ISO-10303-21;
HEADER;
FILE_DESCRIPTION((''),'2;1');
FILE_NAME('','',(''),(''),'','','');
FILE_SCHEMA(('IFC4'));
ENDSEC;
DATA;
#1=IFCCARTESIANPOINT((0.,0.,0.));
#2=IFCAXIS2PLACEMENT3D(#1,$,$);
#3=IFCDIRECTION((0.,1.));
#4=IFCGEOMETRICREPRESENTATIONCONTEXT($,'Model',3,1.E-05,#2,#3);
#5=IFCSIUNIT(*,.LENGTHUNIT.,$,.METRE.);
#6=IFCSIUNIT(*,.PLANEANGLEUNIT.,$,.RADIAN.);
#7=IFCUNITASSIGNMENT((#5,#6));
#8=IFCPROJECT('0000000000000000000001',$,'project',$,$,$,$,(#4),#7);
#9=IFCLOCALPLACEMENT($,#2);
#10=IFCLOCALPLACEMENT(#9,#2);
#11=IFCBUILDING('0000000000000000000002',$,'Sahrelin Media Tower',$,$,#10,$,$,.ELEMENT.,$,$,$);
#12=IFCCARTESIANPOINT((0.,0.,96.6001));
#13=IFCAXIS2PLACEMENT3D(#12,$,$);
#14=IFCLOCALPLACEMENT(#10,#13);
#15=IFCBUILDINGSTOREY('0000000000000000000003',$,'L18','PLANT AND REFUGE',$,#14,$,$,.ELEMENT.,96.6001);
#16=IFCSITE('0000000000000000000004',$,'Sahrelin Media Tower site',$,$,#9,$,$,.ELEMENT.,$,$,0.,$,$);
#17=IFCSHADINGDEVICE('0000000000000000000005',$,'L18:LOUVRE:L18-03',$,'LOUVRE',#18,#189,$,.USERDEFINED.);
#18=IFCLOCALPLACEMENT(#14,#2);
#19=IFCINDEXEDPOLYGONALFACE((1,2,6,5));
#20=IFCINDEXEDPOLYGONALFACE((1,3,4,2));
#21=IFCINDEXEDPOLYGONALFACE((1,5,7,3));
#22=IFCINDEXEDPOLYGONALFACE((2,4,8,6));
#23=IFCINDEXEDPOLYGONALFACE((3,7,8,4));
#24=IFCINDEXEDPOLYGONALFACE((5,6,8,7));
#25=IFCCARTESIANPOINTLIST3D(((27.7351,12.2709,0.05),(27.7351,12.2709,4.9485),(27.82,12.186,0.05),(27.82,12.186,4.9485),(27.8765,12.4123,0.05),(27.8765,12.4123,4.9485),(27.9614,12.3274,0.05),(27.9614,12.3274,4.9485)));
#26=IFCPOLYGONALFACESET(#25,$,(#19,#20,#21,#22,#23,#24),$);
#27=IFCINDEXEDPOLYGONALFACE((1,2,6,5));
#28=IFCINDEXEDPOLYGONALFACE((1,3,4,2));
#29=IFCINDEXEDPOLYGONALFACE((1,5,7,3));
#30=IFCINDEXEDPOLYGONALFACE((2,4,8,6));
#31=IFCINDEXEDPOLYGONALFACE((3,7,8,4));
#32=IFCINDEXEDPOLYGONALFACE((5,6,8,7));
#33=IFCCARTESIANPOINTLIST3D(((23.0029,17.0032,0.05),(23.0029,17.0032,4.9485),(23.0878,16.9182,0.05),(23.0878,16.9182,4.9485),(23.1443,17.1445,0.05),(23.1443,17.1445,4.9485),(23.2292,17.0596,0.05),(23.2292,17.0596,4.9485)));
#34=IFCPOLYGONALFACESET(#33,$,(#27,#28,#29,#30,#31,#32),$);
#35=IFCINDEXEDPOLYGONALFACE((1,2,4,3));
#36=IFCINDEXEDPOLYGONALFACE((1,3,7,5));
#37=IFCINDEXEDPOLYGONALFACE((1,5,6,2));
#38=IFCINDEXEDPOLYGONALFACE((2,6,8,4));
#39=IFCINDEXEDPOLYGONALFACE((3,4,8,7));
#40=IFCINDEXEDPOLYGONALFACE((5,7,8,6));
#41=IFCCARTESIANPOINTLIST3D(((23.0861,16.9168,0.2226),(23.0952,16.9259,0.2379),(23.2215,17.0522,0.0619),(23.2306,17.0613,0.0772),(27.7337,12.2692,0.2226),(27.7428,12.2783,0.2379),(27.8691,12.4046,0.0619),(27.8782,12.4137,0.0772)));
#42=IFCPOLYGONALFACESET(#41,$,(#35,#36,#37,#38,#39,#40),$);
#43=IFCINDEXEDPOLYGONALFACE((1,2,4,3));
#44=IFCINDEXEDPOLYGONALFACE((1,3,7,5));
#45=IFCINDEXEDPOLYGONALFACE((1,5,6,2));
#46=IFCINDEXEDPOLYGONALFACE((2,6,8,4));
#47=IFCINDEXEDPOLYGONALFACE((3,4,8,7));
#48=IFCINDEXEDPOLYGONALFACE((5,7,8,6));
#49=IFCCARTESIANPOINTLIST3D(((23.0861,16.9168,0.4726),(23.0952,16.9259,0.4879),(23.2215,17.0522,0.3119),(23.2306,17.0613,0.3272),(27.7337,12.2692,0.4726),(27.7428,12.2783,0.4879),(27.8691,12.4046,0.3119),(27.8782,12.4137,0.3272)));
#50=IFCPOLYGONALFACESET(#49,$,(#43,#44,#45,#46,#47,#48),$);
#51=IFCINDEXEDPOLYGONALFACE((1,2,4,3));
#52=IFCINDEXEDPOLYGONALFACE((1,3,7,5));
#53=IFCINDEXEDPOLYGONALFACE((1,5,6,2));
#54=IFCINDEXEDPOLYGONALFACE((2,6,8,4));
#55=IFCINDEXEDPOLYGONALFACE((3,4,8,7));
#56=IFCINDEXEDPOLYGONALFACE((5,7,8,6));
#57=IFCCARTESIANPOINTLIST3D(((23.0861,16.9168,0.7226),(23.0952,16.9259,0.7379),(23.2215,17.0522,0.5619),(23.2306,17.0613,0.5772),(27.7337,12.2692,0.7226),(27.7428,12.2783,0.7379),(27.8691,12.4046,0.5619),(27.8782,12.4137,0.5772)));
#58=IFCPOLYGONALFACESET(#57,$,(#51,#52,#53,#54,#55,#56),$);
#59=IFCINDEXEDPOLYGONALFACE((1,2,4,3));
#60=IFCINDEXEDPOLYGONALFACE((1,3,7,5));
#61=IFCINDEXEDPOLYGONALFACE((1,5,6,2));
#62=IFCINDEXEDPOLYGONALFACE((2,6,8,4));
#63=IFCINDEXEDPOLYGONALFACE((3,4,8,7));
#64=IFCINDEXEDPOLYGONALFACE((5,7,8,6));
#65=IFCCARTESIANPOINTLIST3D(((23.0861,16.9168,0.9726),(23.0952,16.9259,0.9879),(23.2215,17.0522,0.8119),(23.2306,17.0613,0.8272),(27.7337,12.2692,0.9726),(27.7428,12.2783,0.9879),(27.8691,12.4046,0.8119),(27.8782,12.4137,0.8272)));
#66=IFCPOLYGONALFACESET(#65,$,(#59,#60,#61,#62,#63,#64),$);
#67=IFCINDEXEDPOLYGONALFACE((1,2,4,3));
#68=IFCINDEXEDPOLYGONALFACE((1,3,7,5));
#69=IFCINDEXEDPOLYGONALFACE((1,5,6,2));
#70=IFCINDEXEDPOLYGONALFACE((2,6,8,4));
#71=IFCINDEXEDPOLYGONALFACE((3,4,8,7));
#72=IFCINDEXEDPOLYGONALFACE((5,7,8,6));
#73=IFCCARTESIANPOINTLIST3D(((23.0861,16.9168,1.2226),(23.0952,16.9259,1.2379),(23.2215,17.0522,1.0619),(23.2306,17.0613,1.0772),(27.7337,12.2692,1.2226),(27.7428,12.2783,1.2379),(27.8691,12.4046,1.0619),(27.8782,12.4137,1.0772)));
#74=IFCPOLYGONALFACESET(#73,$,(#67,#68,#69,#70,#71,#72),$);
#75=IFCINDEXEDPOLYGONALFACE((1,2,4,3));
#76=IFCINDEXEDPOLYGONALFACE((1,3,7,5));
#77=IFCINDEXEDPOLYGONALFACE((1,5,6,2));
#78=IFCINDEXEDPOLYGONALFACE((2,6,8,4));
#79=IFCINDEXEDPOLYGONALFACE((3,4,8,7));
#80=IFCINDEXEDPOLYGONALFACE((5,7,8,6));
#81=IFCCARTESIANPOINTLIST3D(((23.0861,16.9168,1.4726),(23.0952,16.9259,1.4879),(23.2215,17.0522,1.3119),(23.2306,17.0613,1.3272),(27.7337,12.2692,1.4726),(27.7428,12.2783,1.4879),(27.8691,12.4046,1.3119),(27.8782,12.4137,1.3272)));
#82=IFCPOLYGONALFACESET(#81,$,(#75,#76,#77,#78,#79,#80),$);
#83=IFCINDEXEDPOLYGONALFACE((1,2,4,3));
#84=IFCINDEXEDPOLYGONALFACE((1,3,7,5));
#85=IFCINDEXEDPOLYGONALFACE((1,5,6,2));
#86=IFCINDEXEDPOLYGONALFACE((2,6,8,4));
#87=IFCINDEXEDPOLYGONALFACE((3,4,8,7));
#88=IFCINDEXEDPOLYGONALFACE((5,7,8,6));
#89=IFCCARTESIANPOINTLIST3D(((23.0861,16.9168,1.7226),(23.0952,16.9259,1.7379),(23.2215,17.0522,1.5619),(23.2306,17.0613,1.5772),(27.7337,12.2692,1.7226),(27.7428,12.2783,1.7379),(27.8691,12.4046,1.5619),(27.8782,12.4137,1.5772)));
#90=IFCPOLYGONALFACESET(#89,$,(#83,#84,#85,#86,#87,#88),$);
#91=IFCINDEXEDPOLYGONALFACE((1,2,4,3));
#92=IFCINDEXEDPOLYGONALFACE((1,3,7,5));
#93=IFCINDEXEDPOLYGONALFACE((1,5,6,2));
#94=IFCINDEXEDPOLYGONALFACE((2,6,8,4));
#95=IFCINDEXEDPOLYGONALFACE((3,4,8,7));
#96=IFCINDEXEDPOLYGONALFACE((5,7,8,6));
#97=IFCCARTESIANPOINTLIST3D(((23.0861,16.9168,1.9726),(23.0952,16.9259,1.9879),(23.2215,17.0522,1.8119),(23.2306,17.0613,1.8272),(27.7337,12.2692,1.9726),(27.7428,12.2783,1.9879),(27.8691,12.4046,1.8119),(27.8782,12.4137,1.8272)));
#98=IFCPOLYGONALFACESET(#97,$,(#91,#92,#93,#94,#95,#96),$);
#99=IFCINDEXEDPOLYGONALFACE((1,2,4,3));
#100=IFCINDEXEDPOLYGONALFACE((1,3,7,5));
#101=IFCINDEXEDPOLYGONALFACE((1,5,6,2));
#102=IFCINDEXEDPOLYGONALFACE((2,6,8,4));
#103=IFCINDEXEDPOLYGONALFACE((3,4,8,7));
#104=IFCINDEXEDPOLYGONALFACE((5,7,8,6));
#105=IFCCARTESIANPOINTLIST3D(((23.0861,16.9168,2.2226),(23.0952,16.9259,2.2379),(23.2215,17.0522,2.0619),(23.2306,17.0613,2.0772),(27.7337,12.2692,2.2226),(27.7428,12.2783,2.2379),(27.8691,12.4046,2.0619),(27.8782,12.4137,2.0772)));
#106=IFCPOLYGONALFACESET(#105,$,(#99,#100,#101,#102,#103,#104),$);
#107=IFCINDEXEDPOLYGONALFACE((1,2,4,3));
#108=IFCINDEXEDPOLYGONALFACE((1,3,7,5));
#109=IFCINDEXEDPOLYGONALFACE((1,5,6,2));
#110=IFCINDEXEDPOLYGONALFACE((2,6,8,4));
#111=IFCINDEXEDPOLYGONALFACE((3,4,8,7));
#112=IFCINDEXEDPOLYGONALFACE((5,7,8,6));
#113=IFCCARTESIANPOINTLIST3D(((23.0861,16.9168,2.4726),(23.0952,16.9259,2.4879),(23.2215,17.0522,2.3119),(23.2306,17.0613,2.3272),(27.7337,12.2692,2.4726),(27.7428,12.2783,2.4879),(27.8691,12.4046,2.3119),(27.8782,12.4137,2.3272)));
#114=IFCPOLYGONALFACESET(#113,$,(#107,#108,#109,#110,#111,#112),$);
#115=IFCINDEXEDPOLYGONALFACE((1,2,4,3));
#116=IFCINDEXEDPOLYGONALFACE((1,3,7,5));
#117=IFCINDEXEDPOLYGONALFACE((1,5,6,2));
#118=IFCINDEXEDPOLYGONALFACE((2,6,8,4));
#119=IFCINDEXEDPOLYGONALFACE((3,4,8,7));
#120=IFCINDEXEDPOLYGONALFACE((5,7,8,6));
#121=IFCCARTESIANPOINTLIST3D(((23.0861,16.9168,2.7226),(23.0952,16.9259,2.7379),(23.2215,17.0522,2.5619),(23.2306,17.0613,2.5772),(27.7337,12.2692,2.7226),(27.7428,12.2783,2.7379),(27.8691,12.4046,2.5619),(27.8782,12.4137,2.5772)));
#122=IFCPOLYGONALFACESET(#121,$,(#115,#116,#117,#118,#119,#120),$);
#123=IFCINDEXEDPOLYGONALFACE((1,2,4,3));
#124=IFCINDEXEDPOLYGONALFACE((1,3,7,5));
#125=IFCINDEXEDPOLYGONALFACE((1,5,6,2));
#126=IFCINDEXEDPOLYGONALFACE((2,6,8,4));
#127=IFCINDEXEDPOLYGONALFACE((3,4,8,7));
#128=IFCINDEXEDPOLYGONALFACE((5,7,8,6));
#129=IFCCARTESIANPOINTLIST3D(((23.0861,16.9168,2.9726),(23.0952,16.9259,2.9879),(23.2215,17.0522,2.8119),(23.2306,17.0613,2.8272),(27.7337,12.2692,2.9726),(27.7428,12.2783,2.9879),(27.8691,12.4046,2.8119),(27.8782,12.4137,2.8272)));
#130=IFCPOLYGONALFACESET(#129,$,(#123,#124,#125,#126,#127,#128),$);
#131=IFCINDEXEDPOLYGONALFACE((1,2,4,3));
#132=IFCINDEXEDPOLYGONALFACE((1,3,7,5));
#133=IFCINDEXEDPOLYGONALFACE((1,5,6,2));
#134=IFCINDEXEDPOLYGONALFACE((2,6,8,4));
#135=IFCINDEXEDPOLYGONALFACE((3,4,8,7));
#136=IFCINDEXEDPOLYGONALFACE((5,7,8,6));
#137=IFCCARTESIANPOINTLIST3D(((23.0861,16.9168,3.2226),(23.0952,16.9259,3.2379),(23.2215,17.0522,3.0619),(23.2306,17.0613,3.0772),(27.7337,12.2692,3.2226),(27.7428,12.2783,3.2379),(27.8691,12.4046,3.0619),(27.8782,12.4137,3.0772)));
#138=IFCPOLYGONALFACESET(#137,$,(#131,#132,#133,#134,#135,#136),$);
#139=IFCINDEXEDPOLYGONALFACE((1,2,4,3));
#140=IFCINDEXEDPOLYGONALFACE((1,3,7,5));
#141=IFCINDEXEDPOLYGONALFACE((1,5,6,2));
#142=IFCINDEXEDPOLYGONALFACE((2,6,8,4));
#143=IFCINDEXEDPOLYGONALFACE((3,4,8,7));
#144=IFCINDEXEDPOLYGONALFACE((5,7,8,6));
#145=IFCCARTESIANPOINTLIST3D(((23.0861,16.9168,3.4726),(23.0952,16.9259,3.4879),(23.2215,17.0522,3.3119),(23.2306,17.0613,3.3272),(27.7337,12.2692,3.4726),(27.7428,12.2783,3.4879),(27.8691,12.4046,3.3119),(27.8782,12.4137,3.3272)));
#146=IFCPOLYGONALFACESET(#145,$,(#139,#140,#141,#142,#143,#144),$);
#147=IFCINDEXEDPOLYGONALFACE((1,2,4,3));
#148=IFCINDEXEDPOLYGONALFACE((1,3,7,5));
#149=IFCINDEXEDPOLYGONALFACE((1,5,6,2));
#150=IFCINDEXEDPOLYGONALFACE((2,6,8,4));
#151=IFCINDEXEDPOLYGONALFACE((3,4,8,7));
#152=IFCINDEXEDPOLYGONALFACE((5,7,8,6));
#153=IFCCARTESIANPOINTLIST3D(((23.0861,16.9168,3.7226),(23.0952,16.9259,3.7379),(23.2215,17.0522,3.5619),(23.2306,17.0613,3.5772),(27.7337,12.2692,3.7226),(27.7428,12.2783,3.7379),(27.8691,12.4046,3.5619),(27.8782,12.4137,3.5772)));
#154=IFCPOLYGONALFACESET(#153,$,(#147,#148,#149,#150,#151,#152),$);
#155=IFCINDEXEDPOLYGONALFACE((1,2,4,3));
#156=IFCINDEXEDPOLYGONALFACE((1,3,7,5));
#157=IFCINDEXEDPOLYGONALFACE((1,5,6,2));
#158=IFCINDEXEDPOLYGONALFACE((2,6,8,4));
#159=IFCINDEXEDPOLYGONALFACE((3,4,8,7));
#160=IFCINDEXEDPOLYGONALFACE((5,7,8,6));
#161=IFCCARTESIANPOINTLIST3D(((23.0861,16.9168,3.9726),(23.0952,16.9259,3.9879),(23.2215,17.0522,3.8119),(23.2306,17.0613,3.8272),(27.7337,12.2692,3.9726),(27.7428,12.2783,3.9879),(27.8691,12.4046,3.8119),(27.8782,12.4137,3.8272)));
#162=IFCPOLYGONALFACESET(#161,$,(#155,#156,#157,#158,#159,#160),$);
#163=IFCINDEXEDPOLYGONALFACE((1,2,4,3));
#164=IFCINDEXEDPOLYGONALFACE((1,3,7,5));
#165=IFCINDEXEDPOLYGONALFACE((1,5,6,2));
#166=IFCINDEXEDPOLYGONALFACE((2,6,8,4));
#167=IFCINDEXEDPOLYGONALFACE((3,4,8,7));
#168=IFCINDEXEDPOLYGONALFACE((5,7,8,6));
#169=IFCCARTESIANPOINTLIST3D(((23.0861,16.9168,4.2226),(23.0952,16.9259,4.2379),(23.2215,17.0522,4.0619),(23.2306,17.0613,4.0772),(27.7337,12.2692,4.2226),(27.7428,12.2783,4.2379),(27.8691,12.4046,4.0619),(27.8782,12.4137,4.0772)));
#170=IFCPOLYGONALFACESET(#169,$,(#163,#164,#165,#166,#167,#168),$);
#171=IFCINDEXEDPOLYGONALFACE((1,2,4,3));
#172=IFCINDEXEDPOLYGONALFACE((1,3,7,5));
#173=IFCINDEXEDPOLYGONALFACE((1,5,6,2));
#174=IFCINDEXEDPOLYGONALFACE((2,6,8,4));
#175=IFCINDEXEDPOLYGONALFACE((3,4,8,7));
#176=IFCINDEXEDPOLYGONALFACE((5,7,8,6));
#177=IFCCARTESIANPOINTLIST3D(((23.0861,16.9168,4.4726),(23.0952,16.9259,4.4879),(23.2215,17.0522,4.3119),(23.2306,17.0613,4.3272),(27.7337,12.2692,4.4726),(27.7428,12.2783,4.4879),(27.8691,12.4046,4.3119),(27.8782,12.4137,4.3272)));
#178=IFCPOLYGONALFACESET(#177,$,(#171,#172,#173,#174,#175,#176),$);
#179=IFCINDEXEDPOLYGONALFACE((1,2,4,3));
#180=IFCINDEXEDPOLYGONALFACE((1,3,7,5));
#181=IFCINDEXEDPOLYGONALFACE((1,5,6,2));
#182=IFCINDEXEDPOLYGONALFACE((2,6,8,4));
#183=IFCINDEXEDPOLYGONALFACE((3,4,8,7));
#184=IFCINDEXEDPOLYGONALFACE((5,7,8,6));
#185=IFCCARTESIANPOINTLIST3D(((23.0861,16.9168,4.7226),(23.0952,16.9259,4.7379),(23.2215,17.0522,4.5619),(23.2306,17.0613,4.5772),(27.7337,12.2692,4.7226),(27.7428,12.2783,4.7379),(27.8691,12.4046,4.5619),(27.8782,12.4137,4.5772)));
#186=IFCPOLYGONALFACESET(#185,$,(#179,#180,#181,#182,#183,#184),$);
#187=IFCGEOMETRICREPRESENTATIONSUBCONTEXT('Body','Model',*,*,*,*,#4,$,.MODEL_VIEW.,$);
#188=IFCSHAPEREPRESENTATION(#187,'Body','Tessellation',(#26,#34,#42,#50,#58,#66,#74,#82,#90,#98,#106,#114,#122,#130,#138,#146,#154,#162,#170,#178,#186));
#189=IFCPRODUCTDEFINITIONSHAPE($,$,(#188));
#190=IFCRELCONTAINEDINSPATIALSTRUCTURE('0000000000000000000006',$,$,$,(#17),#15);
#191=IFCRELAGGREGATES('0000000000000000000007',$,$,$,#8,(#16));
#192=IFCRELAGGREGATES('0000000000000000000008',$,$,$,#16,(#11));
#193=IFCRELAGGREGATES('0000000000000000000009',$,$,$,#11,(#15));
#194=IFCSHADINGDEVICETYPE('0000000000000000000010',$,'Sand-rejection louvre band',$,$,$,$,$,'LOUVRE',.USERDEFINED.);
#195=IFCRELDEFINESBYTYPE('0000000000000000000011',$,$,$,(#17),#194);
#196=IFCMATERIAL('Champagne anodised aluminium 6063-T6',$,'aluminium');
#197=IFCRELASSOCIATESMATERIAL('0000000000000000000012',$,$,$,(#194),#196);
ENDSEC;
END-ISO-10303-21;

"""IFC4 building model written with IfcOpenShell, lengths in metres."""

from ifc_helpers import new_model, si_unit, direction, frame, origin, origin_2d, place, context, subcontext, project, spatial, rectangle, extrude, material, type_object, element, save


model = new_model("IFC4")

# Units and contexts
model_context = context("Model", 3, precision=1e-05, world=origin(), true_north=direction((0.0, 1.0)))
body_context = subcontext(model_context, "Body", "Model", "MODEL_VIEW")
ifc_project = project(units=[si_unit("LENGTHUNIT", "METRE"), si_unit("PLANEANGLEUNIT", "RADIAN")], contexts=[model_context])

# Site, building, storey
site_placement = place(None, origin())
site = spatial("IfcSite", under=ifc_project, at=site_placement, Name="Sahrelin Media Tower site", CompositionType="ELEMENT", RefElevation=0.0)
building_placement = place(site_placement, origin())
building = spatial("IfcBuilding", under=site, at=building_placement, Name="Sahrelin Media Tower", CompositionType="ELEMENT")
storey_placement = place(building_placement, frame((0.0, 0.0, 96.6001)))
storey = spatial("IfcBuildingStorey", under=building, at=storey_placement, Name="L18", Description="PLANT AND REFUGE", CompositionType="ELEMENT", Elevation=96.6001)

# Shading device
ifc_material_1 = material(Name="Champagne anodised aluminium 6063-T6", Category="aluminium")
shading_device_type = type_object("IfcShadingDeviceType", Name="Sand-rejection louvre band", ElementType="LOUVRE", PredefinedType="USERDEFINED", material=ifc_material_1)
shading_device_1_placement = place(storey_placement, frame((25.4114, 14.5945, 0.0), z_axis=(0.0, 0.0, 1.0), x_axis=(0.707107, -0.707107, 0.0)))
element("IfcShadingDevice", 1, at=shading_device_1_placement, inside=storey, type_object=shading_device_type, Name="L18:LOUVRE:L18-03", ObjectType="LOUVRE", PredefinedType="USERDEFINED", context=body_context, shape_type="SweptSolid", body=[
    extrude(rectangle(XDim=0.1201, YDim=0.2, at=origin_2d()), frame((3.3462, 0.1001, 0.05), z_axis=(0.0, 0.0, 1.0), x_axis=(1.0, 0.0, 0.0)), (0.0, 0.0, 1.0), 4.8984),
    extrude(rectangle(XDim=0.1201, YDim=0.2, at=origin_2d()), frame((-3.3462, 0.1001, 0.05), z_axis=(0.0, 0.0, 1.0), x_axis=(1.0, 0.0, 0.0)), (0.0, 0.0, 1.0), 4.8984),
    extrude(rectangle(XDim=0.25, YDim=0.02, at=origin_2d()), frame((3.2864, 0.1001, 0.1499), z_axis=(-1.0, 0.0, 0.0), x_axis=(0.0, -0.766044, 0.642788)), (0.0, 0.0, 1.0), 6.5728),
    extrude(rectangle(XDim=0.25, YDim=0.02, at=origin_2d()), frame((3.2864, 0.1001, 0.3999), z_axis=(-1.0, 0.0, 0.0), x_axis=(0.0, -0.766044, 0.642788)), (0.0, 0.0, 1.0), 6.5728),
    extrude(rectangle(XDim=0.25, YDim=0.02, at=origin_2d()), frame((3.2864, 0.1001, 0.6499), z_axis=(-1.0, 0.0, 0.0), x_axis=(0.0, -0.766044, 0.642788)), (0.0, 0.0, 1.0), 6.5728),
    extrude(rectangle(XDim=0.25, YDim=0.02, at=origin_2d()), frame((3.2864, 0.1001, 0.8999), z_axis=(-1.0, 0.0, 0.0), x_axis=(0.0, -0.766044, 0.642788)), (0.0, 0.0, 1.0), 6.5728),
    extrude(rectangle(XDim=0.25, YDim=0.02, at=origin_2d()), frame((3.2864, 0.1001, 1.1499), z_axis=(-1.0, 0.0, 0.0), x_axis=(0.0, -0.766044, 0.642788)), (0.0, 0.0, 1.0), 6.5728),
    extrude(rectangle(XDim=0.25, YDim=0.02, at=origin_2d()), frame((3.2864, 0.1001, 1.3999), z_axis=(-1.0, 0.0, 0.0), x_axis=(0.0, -0.766044, 0.642788)), (0.0, 0.0, 1.0), 6.5728),
    extrude(rectangle(XDim=0.25, YDim=0.02, at=origin_2d()), frame((3.2864, 0.1001, 1.6499), z_axis=(-1.0, 0.0, 0.0), x_axis=(0.0, -0.766044, 0.642788)), (0.0, 0.0, 1.0), 6.5728),
    extrude(rectangle(XDim=0.25, YDim=0.02, at=origin_2d()), frame((3.2864, 0.1001, 1.8999), z_axis=(-1.0, 0.0, 0.0), x_axis=(0.0, -0.766044, 0.642788)), (0.0, 0.0, 1.0), 6.5728),
    extrude(rectangle(XDim=0.25, YDim=0.02, at=origin_2d()), frame((3.2864, 0.1001, 2.1499), z_axis=(-1.0, 0.0, 0.0), x_axis=(0.0, -0.766044, 0.642788)), (0.0, 0.0, 1.0), 6.5728),
    extrude(rectangle(XDim=0.25, YDim=0.02, at=origin_2d()), frame((3.2864, 0.1001, 2.3999), z_axis=(-1.0, 0.0, 0.0), x_axis=(0.0, -0.766044, 0.642788)), (0.0, 0.0, 1.0), 6.5728),
    extrude(rectangle(XDim=0.25, YDim=0.02, at=origin_2d()), frame((3.2864, 0.1001, 2.6499), z_axis=(-1.0, 0.0, 0.0), x_axis=(0.0, -0.766044, 0.642788)), (0.0, 0.0, 1.0), 6.5728),
    extrude(rectangle(XDim=0.25, YDim=0.02, at=origin_2d()), frame((3.2864, 0.1001, 2.8999), z_axis=(-1.0, 0.0, 0.0), x_axis=(0.0, -0.766044, 0.642788)), (0.0, 0.0, 1.0), 6.5728),
    extrude(rectangle(XDim=0.25, YDim=0.02, at=origin_2d()), frame((3.2864, 0.1001, 3.1499), z_axis=(-1.0, 0.0, 0.0), x_axis=(0.0, -0.766044, 0.642788)), (0.0, 0.0, 1.0), 6.5728),
    extrude(rectangle(XDim=0.25, YDim=0.02, at=origin_2d()), frame((3.2864, 0.1001, 3.3999), z_axis=(-1.0, 0.0, 0.0), x_axis=(0.0, -0.766044, 0.642788)), (0.0, 0.0, 1.0), 6.5728),
    extrude(rectangle(XDim=0.25, YDim=0.02, at=origin_2d()), frame((3.2864, 0.1001, 3.6499), z_axis=(-1.0, 0.0, 0.0), x_axis=(0.0, -0.766044, 0.642788)), (0.0, 0.0, 1.0), 6.5728),
    extrude(rectangle(XDim=0.25, YDim=0.02, at=origin_2d()), frame((3.2864, 0.1001, 3.8999), z_axis=(-1.0, 0.0, 0.0), x_axis=(0.0, -0.766044, 0.642788)), (0.0, 0.0, 1.0), 6.5728),
    extrude(rectangle(XDim=0.25, YDim=0.02, at=origin_2d()), frame((3.2864, 0.1001, 4.1499), z_axis=(-1.0, 0.0, 0.0), x_axis=(0.0, -0.766044, 0.642788)), (0.0, 0.0, 1.0), 6.5728),
    extrude(rectangle(XDim=0.25, YDim=0.02, at=origin_2d()), frame((3.2864, 0.1001, 4.3999), z_axis=(-1.0, 0.0, 0.0), x_axis=(0.0, -0.766044, 0.642788)), (0.0, 0.0, 1.0), 6.5728),
    extrude(rectangle(XDim=0.25, YDim=0.02, at=origin_2d()), frame((3.2864, 0.1001, 4.6499), z_axis=(-1.0, 0.0, 0.0), x_axis=(0.0, -0.766044, 0.642788)), (0.0, 0.0, 1.0), 6.5728),
])

save(model, "model.ifc")
